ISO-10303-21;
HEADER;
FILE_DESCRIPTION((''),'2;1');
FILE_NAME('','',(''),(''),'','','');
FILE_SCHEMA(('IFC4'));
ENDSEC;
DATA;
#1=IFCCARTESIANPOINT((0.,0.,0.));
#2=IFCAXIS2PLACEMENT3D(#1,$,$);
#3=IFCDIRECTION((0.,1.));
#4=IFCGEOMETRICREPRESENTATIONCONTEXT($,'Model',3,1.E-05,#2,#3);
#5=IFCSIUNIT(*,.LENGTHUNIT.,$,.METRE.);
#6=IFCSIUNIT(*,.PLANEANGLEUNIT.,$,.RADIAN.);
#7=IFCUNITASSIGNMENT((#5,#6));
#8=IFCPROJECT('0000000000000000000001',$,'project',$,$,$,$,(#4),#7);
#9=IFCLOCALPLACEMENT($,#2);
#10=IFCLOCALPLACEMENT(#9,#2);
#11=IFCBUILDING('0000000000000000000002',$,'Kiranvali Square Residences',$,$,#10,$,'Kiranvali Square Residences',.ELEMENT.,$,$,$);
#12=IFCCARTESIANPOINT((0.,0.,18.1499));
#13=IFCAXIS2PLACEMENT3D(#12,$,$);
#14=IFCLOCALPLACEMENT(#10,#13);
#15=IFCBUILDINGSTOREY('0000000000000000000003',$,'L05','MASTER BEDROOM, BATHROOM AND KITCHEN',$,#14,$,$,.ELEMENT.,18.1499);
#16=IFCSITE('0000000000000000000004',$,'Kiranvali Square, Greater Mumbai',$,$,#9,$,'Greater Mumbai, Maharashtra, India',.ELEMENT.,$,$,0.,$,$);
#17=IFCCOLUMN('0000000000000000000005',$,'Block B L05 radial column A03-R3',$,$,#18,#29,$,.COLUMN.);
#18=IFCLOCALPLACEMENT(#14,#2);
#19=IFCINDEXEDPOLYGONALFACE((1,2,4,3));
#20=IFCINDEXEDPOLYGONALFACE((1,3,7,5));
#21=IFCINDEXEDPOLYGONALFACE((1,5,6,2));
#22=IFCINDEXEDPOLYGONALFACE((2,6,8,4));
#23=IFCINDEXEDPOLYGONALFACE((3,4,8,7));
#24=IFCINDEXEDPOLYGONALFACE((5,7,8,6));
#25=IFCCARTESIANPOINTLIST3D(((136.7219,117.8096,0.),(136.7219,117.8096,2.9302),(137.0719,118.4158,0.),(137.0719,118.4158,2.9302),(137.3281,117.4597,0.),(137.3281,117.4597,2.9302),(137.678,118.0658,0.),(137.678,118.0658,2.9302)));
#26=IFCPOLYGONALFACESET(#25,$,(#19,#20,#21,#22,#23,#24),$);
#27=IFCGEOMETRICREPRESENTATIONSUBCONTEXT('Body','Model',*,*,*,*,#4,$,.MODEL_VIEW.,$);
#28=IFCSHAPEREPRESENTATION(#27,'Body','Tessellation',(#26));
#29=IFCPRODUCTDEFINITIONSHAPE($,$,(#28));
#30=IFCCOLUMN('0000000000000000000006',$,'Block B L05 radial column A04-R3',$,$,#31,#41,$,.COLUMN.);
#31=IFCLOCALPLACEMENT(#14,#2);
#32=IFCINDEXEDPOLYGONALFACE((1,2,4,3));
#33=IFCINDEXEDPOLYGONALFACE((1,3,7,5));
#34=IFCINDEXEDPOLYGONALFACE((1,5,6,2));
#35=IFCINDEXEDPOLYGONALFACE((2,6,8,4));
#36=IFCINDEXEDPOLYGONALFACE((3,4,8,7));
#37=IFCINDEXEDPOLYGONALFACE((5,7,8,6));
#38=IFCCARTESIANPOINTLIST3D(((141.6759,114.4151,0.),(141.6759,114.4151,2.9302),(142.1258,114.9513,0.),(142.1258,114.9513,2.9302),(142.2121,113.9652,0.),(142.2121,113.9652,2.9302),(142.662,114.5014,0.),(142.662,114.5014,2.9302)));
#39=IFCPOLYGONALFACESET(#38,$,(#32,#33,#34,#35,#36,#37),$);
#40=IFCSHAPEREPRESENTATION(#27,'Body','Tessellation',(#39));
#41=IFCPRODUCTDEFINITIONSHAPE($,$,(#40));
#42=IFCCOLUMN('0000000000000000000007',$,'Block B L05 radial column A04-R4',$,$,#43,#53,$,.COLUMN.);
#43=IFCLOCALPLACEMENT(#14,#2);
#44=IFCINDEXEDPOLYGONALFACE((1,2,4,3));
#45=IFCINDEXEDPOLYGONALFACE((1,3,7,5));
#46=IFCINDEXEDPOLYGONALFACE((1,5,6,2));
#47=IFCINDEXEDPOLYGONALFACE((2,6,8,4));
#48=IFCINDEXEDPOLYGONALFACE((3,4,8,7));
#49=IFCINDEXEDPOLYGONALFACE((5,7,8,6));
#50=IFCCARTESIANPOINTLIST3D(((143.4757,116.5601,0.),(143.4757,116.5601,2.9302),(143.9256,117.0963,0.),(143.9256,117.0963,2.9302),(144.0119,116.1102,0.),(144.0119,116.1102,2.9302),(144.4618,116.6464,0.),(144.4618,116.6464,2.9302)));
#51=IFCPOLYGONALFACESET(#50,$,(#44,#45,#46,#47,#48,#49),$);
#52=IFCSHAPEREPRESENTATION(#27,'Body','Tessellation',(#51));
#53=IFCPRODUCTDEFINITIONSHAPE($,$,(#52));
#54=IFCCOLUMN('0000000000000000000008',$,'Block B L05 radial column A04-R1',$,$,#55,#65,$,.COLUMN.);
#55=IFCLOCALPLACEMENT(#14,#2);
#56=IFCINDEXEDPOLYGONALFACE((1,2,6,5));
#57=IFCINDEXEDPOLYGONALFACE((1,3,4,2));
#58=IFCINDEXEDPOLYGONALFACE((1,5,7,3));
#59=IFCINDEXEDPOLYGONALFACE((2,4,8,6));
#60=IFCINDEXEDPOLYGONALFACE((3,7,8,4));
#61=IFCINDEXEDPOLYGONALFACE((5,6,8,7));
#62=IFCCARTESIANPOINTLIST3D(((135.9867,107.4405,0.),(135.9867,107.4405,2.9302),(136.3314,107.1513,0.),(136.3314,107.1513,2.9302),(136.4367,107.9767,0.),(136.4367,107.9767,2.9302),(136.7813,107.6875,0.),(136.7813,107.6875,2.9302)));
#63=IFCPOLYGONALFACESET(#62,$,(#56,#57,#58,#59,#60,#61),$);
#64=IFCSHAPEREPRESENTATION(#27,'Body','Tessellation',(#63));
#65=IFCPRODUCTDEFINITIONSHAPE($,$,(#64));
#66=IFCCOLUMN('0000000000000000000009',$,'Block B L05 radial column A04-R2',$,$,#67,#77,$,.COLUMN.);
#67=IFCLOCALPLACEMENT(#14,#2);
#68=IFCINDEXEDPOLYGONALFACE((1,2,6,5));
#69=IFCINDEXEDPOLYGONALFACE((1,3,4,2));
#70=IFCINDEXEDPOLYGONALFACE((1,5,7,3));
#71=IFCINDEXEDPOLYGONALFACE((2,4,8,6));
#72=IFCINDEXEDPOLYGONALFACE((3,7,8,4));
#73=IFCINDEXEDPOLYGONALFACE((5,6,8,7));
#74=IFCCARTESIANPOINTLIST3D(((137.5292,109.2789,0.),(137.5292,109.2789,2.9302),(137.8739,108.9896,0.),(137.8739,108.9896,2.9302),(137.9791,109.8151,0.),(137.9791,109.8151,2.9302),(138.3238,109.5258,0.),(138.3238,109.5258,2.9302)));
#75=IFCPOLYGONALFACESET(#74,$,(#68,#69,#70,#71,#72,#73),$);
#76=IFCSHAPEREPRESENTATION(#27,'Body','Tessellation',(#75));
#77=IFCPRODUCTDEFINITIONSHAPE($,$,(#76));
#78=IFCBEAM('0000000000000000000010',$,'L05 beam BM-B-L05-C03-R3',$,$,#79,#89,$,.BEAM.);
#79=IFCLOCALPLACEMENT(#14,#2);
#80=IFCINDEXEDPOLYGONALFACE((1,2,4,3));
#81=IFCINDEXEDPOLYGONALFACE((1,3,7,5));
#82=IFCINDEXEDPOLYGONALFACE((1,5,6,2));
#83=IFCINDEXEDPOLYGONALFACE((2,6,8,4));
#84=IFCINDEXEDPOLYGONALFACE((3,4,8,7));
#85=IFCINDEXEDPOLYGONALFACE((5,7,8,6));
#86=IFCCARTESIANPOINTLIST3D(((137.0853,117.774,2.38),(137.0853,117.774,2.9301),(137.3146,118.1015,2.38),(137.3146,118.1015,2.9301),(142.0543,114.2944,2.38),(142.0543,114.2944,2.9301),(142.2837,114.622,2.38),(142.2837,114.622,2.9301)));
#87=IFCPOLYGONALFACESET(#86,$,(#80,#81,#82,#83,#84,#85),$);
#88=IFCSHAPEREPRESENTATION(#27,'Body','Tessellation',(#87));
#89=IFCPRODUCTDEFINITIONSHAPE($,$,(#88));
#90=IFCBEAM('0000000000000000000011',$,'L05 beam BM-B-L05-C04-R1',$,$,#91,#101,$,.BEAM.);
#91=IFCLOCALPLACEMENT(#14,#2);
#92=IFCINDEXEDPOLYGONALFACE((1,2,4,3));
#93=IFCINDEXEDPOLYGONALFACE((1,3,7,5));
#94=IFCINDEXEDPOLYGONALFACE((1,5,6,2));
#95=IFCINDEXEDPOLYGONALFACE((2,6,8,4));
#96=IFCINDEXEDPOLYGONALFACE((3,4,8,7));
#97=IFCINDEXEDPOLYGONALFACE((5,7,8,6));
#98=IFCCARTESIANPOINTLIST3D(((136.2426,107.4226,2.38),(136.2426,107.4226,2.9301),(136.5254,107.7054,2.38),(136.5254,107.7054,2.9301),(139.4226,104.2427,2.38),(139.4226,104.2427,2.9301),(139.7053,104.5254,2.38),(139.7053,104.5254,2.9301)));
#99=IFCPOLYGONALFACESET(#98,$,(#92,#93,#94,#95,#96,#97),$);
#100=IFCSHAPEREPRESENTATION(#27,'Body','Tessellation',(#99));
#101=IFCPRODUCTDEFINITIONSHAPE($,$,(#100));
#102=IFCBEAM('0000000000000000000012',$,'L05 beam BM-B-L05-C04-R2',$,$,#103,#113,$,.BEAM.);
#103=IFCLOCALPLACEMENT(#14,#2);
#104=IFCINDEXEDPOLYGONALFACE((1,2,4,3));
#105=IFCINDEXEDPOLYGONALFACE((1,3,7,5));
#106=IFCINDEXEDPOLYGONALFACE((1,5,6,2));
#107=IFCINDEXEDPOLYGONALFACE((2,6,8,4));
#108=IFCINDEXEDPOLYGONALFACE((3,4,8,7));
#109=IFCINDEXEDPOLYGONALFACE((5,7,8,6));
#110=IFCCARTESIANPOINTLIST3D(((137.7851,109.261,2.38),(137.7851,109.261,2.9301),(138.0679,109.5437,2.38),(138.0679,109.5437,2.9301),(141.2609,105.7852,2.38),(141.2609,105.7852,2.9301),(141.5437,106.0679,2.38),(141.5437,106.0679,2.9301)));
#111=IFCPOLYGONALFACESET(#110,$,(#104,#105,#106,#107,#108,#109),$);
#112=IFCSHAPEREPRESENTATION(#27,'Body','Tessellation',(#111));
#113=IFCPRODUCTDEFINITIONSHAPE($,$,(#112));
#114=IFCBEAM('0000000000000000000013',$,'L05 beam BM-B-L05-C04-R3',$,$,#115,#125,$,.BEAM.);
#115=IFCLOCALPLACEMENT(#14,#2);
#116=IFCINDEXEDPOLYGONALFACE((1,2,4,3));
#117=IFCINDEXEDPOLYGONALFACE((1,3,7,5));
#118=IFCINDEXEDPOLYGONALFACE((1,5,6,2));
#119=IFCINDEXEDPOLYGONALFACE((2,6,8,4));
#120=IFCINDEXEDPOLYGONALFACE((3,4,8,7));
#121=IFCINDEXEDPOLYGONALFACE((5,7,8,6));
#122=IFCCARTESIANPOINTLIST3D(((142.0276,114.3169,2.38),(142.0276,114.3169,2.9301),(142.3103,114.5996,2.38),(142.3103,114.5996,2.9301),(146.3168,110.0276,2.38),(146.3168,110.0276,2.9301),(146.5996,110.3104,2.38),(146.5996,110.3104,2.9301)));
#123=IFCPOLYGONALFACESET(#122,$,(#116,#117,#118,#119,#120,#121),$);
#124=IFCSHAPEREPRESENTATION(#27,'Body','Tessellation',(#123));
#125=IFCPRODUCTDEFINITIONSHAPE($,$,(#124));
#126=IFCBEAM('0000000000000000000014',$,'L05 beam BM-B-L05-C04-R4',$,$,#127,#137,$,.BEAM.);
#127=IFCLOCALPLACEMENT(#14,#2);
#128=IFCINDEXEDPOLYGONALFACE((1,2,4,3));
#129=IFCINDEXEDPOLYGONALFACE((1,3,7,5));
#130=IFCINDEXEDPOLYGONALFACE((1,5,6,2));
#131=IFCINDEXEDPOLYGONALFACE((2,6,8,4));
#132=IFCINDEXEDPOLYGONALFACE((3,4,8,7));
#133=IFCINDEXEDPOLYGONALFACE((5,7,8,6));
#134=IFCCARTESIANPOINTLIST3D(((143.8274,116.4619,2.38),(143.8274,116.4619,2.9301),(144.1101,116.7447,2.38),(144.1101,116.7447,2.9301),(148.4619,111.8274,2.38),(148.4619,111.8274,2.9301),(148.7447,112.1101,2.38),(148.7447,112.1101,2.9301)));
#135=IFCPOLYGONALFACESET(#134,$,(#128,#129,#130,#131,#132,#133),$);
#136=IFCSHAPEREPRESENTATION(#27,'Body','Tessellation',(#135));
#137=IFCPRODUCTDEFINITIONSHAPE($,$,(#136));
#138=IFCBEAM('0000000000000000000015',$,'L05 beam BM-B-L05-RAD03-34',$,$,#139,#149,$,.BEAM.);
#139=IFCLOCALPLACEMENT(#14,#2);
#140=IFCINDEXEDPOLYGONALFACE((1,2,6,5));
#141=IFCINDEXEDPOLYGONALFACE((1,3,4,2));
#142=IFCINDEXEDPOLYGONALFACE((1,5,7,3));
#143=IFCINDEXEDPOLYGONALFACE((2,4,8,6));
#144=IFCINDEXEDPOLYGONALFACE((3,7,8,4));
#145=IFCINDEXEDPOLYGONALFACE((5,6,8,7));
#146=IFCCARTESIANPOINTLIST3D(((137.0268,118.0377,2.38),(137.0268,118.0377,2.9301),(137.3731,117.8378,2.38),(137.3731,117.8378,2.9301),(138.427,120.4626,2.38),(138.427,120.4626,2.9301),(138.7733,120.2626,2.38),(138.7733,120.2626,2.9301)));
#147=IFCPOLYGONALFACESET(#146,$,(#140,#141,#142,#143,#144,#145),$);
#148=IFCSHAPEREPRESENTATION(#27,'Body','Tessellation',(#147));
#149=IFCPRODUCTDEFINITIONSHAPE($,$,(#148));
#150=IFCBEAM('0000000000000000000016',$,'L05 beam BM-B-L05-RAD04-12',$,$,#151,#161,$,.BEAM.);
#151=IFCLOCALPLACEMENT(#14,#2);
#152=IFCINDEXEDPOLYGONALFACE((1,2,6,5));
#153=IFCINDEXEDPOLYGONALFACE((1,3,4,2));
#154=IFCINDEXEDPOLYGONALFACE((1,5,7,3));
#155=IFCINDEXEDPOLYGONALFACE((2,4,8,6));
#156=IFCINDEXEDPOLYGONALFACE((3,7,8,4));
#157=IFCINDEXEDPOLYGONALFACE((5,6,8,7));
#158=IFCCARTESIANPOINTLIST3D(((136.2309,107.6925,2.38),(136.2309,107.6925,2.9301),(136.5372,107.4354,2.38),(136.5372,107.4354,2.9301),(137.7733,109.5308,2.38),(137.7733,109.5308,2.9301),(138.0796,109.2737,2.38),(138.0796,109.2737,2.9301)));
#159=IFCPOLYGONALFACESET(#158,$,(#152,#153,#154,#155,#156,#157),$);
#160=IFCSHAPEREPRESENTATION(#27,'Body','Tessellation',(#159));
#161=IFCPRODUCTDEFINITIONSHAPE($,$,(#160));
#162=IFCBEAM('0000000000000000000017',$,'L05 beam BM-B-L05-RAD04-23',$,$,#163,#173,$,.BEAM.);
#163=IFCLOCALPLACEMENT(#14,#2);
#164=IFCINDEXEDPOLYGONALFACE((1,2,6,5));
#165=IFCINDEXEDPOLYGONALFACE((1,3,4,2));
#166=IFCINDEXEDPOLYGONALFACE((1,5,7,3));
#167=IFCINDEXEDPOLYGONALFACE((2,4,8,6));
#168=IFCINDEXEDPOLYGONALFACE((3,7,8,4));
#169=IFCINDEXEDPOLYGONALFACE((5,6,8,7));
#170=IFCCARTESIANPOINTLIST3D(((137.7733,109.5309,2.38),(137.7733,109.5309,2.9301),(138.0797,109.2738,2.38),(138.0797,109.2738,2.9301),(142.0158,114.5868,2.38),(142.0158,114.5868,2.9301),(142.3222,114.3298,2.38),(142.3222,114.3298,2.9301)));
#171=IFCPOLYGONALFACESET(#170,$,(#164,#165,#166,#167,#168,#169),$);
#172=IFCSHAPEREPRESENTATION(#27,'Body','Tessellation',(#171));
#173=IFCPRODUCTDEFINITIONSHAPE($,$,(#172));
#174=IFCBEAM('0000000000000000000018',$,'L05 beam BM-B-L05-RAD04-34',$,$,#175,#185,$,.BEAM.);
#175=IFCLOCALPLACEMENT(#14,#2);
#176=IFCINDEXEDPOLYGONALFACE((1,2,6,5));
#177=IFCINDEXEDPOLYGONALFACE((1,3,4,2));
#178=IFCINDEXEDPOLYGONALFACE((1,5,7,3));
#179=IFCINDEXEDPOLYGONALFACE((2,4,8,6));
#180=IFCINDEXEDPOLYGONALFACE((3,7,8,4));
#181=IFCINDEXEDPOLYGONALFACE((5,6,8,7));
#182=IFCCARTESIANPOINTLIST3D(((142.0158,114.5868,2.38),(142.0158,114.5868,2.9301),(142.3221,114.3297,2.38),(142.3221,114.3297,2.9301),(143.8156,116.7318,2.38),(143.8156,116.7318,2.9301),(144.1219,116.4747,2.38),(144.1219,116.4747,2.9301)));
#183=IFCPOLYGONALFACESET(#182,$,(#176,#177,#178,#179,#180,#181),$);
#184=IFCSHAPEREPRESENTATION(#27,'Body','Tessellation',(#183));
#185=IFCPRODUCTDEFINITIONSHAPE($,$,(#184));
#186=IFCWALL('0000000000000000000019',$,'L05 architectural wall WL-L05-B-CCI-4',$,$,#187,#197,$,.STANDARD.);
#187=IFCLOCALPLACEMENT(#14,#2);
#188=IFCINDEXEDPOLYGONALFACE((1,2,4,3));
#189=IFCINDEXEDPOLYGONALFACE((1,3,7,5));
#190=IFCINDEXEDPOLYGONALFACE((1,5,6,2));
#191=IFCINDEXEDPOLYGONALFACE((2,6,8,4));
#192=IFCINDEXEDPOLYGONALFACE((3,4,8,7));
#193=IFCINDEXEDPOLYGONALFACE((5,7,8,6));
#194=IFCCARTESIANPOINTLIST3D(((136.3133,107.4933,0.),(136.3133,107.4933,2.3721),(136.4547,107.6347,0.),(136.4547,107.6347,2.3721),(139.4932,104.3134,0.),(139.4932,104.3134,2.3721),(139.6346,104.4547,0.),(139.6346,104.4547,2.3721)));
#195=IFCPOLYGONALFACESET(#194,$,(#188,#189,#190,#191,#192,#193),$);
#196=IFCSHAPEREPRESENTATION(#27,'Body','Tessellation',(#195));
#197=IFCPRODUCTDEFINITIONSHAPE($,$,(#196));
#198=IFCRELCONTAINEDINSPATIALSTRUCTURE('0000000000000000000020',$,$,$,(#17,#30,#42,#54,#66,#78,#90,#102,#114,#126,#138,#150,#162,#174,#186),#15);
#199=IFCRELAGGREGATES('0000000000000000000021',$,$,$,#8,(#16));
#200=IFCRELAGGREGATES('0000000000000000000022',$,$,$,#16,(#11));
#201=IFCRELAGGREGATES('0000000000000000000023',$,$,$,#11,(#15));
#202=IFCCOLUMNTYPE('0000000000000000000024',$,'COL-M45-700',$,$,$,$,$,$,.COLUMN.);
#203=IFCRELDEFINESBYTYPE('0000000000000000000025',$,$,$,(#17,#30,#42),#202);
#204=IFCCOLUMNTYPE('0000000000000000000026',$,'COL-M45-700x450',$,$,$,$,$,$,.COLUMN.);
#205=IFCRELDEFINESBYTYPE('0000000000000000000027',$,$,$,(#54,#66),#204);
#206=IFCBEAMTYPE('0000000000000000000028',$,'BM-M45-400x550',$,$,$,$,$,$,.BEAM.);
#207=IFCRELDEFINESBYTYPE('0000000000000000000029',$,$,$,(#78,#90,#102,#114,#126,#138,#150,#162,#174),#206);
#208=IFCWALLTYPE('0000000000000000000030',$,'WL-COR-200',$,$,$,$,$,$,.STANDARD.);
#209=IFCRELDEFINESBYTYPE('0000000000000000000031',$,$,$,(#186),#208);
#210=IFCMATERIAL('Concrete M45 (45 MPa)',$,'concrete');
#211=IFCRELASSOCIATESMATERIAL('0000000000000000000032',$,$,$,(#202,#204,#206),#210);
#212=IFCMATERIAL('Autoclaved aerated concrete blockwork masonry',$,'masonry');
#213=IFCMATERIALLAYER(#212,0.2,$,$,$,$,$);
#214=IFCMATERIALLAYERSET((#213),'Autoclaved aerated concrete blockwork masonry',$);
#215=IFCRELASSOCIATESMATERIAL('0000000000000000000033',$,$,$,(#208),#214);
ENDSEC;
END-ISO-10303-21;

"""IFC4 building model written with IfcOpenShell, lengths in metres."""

from ifc_helpers import new_model, si_unit, direction, frame, frame_2d, origin, origin_2d, place, context, subcontext, project, spatial, rectangle, extrude, material, layer, layer_set, material_profile, profile_set, type_object, element, save


model = new_model("IFC4")

# Units and contexts
model_context = context("Model", 3, precision=1e-05, world=origin(), true_north=direction((0.0, 1.0)))
body_context = subcontext(model_context, "Body", "Model", "MODEL_VIEW")
ifc_project = project(units=[si_unit("LENGTHUNIT", "METRE"), si_unit("PLANEANGLEUNIT", "RADIAN")], contexts=[model_context])

# Site, building, storey
site_placement = place(None, origin())
site = spatial("IfcSite", under=ifc_project, at=site_placement, Name="Kiranvali Square, Greater Mumbai", LongName="Greater Mumbai, Maharashtra, India", CompositionType="ELEMENT", RefElevation=0.0)
building_placement = place(site_placement, origin())
building = spatial("IfcBuilding", under=site, at=building_placement, Name="Kiranvali Square Residences", LongName="Kiranvali Square Residences", CompositionType="ELEMENT")
storey_placement = place(building_placement, frame((0.0, 0.0, 18.1499)))
storey = spatial("IfcBuildingStorey", under=building, at=storey_placement, Name="L05", Description="MASTER BEDROOM, BATHROOM AND KITCHEN", CompositionType="ELEMENT", Elevation=18.1499)

# Columns
ifc_material_1 = material(Name="Concrete M45 (45 MPa)", Category="concrete")
ifc_material_profile_1 = material_profile(ifc_material_1, rectangle(XDim=0.7, YDim=0.7, at=origin_2d()), Name="RC 700x700")
ifc_profile_set_1 = profile_set([ifc_material_profile_1], Name="Concrete M45 (45 MPa)")
column_type_1 = type_object("IfcColumnType", Name="COL-M45-700", PredefinedType="COLUMN", material=ifc_profile_set_1)
for number, where, z_axis, x_axis, name in (
    (1, (137.2, 117.9377, 0.0), (0.0, 0.0, 1.0), (-0.866025, 0.5, 0.0), "Block B L05 radial column A03-R3"),
    (2, (142.1689, 114.4583, 0.0), (0.0, 0.0, 1.0), (-0.766044, 0.642788, 0.0), "Block B L05 radial column A04-R3"),
    (3, (143.9688, 116.6033, 0.0), (0.0, 0.0, 1.0), (-0.766044, 0.642788, 0.0), "Block B L05 radial column A04-R4"),
):
    element("IfcColumn", number, at=place(storey_placement, frame(where, z_axis=z_axis, x_axis=x_axis)), inside=storey, type_object=column_type_1, Name=name, PredefinedType="COLUMN", context=body_context, shape_type="SweptSolid", body=[
        extrude(rectangle(XDim=0.7, YDim=0.7, at=origin_2d()), origin(), (0.0, 0.0, 1.0), 2.9302),
    ])
ifc_material_profile_2 = material_profile(ifc_material_1, rectangle(XDim=0.45, YDim=0.7, at=origin_2d()), Name="RC 700x450")
ifc_profile_set_2 = profile_set([ifc_material_profile_2], Name="Concrete M45 (45 MPa)")
column_type_2 = type_object("IfcColumnType", Name="COL-M45-700x450", PredefinedType="COLUMN", material=ifc_profile_set_2)
for number, where, z_axis, x_axis, name in (
    (4, (136.384, 107.564, 0.0), (0.0, 0.0, 1.0), (-0.766044, 0.642788, 0.0), "Block B L05 radial column A04-R1"),
    (5, (137.9265, 109.4023, 0.0), (0.0, 0.0, 1.0), (-0.766044, 0.642788, 0.0), "Block B L05 radial column A04-R2"),
):
    element("IfcColumn", number, at=place(storey_placement, frame(where, z_axis=z_axis, x_axis=x_axis)), inside=storey, type_object=column_type_2, Name=name, PredefinedType="COLUMN", context=body_context, shape_type="SweptSolid", body=[
        extrude(rectangle(XDim=0.45, YDim=0.7, at=origin_2d()), origin(), (0.0, 0.0, 1.0), 2.9302),
    ])

# Beams
ifc_material_profile_3 = material_profile(ifc_material_1, rectangle(XDim=0.3999, YDim=0.55, at=origin_2d()), Name="RC 400x550")
ifc_profile_set_3 = profile_set([ifc_material_profile_3], Name="Concrete M45 (45 MPa)")
beam_type = type_object("IfcBeamType", Name="BM-M45-400x550", PredefinedType="BEAM", material=ifc_profile_set_3)
beam_1_placement = place(storey_placement, frame((137.2, 117.9377, 2.655), z_axis=(0.819139, -0.573595, 0.0), x_axis=(0.573595, 0.819139, 0.0)))
element("IfcBeam", 6, at=beam_1_placement, inside=storey, type_object=beam_type, Name="L05 beam BM-B-L05-C03-R3", PredefinedType="BEAM", context=body_context, shape_type="SweptSolid", body=[
    extrude(rectangle(XDim=0.3999, YDim=0.55, at=origin_2d()), origin(), (0.0, 0.0, 1.0), 6.0662),
])
beam_2_placement = place(storey_placement, frame((136.384, 107.564, 2.655), z_axis=(0.707107, -0.707107, 0.0), x_axis=(0.707107, 0.707107, 0.0)))
element("IfcBeam", 7, at=beam_2_placement, inside=storey, type_object=beam_type, Name="L05 beam BM-B-L05-C04-R1", PredefinedType="BEAM", context=body_context, shape_type="SweptSolid", body=[
    extrude(rectangle(XDim=0.3999, YDim=0.55, at=origin_2d()), origin(), (0.0, 0.0, 1.0), 4.4971),
])
beam_3_placement = place(storey_placement, frame((137.9265, 109.4023, 2.655), z_axis=(0.707107, -0.707107, 0.0), x_axis=(0.707107, 0.707107, 0.0)))
element("IfcBeam", 8, at=beam_3_placement, inside=storey, type_object=beam_type, Name="L05 beam BM-B-L05-C04-R2", PredefinedType="BEAM", context=body_context, shape_type="SweptSolid", body=[
    extrude(rectangle(XDim=0.3999, YDim=0.55, at=origin_2d()), origin(), (0.0, 0.0, 1.0), 4.9155),
])
beam_4_placement = place(storey_placement, frame((142.1689, 114.4583, 2.655), z_axis=(0.707107, -0.707107, 0.0), x_axis=(0.707107, 0.707107, 0.0)))
element("IfcBeam", 9, at=beam_4_placement, inside=storey, type_object=beam_type, Name="L05 beam BM-B-L05-C04-R3", PredefinedType="BEAM", context=body_context, shape_type="SweptSolid", body=[
    extrude(rectangle(XDim=0.3999, YDim=0.55, at=origin_2d()), origin(), (0.0, 0.0, 1.0), 6.0659),
])
beam_5_placement = place(storey_placement, frame((143.9688, 116.6033, 2.655), z_axis=(0.707107, -0.707107, 0.0), x_axis=(0.707107, 0.707107, 0.0)))
element("IfcBeam", 10, at=beam_5_placement, inside=storey, type_object=beam_type, Name="L05 beam BM-B-L05-C04-R4", PredefinedType="BEAM", context=body_context, shape_type="SweptSolid", body=[
    extrude(rectangle(XDim=0.3999, YDim=0.55, at=origin_2d()), origin(), (0.0, 0.0, 1.0), 6.5542),
])
beam_6_placement = place(storey_placement, frame((137.2, 117.9377, 2.655), z_axis=(0.50005, 0.865997, 0.0), x_axis=(-0.865997, 0.50005, 0.0)))
element("IfcBeam", 11, at=beam_6_placement, inside=storey, type_object=beam_type, Name="L05 beam BM-B-L05-RAD03-34", PredefinedType="BEAM", context=body_context, shape_type="SweptSolid", body=[
    extrude(rectangle(XDim=0.3999, YDim=0.55, at=origin_2d()), origin(), (0.0, 0.0, 1.0), 2.8),
])
beam_7_placement = place(storey_placement, frame((136.384, 107.564, 2.655), z_axis=(0.642763, 0.766065, 0.0), x_axis=(-0.766065, 0.642763, 0.0)))
element("IfcBeam", 12, at=beam_7_placement, inside=storey, type_object=beam_type, Name="L05 beam BM-B-L05-RAD04-12", PredefinedType="BEAM", context=body_context, shape_type="SweptSolid", body=[
    extrude(rectangle(XDim=0.3999, YDim=0.55, at=origin_2d()), origin(), (0.0, 0.0, 1.0), 2.3997),
])
beam_8_placement = place(storey_placement, frame((137.9265, 109.4023, 2.655), z_axis=(0.642789, 0.766043, 0.0), x_axis=(-0.766043, 0.642789, 0.0)))
element("IfcBeam", 13, at=beam_8_placement, inside=storey, type_object=beam_type, Name="L05 beam BM-B-L05-RAD04-23", PredefinedType="BEAM", context=body_context, shape_type="SweptSolid", body=[
    extrude(rectangle(XDim=0.3999, YDim=0.55, at=origin_2d()), origin(), (0.0, 0.0, 1.0), 6.6001),
])
beam_9_placement = place(storey_placement, frame((142.1689, 114.4583, 2.655), z_axis=(0.642771, 0.766059, 0.0), x_axis=(-0.766059, 0.642771, 0.0)))
element("IfcBeam", 14, at=beam_9_placement, inside=storey, type_object=beam_type, Name="L05 beam BM-B-L05-RAD04-34", PredefinedType="BEAM", context=body_context, shape_type="SweptSolid", body=[
    extrude(rectangle(XDim=0.3999, YDim=0.55, at=origin_2d()), origin(), (0.0, 0.0, 1.0), 2.8),
])

# Wall
ifc_material_2 = material(Name="Autoclaved aerated concrete blockwork masonry", Category="masonry")
ifc_layer_1 = layer(ifc_material_2, 0.2)
ifc_layer_set_1 = layer_set([ifc_layer_1], Name="Autoclaved aerated concrete blockwork masonry")
wall_type_1 = type_object("IfcWallType", Name="WL-COR-200", PredefinedType="STANDARD", material=ifc_layer_set_1)
wall_1_placement = place(storey_placement, frame((136.384, 107.564, 0.0), z_axis=(0.0, 0.0, 1.0), x_axis=(0.707107, -0.707107, 0.0)))
element("IfcWall", 15, at=wall_1_placement, inside=storey, type_object=wall_type_1, Name="L05 architectural wall WL-L05-B-CCI-4", PredefinedType="STANDARD", context=body_context, shape_type="SweptSolid", body=[
    extrude(rectangle(XDim=4.4971, YDim=0.2, at=frame_2d((2.2485, 0.0))), origin(), (0.0, 0.0, 1.0), 2.3721),
])

save(model, "model.ifc")
